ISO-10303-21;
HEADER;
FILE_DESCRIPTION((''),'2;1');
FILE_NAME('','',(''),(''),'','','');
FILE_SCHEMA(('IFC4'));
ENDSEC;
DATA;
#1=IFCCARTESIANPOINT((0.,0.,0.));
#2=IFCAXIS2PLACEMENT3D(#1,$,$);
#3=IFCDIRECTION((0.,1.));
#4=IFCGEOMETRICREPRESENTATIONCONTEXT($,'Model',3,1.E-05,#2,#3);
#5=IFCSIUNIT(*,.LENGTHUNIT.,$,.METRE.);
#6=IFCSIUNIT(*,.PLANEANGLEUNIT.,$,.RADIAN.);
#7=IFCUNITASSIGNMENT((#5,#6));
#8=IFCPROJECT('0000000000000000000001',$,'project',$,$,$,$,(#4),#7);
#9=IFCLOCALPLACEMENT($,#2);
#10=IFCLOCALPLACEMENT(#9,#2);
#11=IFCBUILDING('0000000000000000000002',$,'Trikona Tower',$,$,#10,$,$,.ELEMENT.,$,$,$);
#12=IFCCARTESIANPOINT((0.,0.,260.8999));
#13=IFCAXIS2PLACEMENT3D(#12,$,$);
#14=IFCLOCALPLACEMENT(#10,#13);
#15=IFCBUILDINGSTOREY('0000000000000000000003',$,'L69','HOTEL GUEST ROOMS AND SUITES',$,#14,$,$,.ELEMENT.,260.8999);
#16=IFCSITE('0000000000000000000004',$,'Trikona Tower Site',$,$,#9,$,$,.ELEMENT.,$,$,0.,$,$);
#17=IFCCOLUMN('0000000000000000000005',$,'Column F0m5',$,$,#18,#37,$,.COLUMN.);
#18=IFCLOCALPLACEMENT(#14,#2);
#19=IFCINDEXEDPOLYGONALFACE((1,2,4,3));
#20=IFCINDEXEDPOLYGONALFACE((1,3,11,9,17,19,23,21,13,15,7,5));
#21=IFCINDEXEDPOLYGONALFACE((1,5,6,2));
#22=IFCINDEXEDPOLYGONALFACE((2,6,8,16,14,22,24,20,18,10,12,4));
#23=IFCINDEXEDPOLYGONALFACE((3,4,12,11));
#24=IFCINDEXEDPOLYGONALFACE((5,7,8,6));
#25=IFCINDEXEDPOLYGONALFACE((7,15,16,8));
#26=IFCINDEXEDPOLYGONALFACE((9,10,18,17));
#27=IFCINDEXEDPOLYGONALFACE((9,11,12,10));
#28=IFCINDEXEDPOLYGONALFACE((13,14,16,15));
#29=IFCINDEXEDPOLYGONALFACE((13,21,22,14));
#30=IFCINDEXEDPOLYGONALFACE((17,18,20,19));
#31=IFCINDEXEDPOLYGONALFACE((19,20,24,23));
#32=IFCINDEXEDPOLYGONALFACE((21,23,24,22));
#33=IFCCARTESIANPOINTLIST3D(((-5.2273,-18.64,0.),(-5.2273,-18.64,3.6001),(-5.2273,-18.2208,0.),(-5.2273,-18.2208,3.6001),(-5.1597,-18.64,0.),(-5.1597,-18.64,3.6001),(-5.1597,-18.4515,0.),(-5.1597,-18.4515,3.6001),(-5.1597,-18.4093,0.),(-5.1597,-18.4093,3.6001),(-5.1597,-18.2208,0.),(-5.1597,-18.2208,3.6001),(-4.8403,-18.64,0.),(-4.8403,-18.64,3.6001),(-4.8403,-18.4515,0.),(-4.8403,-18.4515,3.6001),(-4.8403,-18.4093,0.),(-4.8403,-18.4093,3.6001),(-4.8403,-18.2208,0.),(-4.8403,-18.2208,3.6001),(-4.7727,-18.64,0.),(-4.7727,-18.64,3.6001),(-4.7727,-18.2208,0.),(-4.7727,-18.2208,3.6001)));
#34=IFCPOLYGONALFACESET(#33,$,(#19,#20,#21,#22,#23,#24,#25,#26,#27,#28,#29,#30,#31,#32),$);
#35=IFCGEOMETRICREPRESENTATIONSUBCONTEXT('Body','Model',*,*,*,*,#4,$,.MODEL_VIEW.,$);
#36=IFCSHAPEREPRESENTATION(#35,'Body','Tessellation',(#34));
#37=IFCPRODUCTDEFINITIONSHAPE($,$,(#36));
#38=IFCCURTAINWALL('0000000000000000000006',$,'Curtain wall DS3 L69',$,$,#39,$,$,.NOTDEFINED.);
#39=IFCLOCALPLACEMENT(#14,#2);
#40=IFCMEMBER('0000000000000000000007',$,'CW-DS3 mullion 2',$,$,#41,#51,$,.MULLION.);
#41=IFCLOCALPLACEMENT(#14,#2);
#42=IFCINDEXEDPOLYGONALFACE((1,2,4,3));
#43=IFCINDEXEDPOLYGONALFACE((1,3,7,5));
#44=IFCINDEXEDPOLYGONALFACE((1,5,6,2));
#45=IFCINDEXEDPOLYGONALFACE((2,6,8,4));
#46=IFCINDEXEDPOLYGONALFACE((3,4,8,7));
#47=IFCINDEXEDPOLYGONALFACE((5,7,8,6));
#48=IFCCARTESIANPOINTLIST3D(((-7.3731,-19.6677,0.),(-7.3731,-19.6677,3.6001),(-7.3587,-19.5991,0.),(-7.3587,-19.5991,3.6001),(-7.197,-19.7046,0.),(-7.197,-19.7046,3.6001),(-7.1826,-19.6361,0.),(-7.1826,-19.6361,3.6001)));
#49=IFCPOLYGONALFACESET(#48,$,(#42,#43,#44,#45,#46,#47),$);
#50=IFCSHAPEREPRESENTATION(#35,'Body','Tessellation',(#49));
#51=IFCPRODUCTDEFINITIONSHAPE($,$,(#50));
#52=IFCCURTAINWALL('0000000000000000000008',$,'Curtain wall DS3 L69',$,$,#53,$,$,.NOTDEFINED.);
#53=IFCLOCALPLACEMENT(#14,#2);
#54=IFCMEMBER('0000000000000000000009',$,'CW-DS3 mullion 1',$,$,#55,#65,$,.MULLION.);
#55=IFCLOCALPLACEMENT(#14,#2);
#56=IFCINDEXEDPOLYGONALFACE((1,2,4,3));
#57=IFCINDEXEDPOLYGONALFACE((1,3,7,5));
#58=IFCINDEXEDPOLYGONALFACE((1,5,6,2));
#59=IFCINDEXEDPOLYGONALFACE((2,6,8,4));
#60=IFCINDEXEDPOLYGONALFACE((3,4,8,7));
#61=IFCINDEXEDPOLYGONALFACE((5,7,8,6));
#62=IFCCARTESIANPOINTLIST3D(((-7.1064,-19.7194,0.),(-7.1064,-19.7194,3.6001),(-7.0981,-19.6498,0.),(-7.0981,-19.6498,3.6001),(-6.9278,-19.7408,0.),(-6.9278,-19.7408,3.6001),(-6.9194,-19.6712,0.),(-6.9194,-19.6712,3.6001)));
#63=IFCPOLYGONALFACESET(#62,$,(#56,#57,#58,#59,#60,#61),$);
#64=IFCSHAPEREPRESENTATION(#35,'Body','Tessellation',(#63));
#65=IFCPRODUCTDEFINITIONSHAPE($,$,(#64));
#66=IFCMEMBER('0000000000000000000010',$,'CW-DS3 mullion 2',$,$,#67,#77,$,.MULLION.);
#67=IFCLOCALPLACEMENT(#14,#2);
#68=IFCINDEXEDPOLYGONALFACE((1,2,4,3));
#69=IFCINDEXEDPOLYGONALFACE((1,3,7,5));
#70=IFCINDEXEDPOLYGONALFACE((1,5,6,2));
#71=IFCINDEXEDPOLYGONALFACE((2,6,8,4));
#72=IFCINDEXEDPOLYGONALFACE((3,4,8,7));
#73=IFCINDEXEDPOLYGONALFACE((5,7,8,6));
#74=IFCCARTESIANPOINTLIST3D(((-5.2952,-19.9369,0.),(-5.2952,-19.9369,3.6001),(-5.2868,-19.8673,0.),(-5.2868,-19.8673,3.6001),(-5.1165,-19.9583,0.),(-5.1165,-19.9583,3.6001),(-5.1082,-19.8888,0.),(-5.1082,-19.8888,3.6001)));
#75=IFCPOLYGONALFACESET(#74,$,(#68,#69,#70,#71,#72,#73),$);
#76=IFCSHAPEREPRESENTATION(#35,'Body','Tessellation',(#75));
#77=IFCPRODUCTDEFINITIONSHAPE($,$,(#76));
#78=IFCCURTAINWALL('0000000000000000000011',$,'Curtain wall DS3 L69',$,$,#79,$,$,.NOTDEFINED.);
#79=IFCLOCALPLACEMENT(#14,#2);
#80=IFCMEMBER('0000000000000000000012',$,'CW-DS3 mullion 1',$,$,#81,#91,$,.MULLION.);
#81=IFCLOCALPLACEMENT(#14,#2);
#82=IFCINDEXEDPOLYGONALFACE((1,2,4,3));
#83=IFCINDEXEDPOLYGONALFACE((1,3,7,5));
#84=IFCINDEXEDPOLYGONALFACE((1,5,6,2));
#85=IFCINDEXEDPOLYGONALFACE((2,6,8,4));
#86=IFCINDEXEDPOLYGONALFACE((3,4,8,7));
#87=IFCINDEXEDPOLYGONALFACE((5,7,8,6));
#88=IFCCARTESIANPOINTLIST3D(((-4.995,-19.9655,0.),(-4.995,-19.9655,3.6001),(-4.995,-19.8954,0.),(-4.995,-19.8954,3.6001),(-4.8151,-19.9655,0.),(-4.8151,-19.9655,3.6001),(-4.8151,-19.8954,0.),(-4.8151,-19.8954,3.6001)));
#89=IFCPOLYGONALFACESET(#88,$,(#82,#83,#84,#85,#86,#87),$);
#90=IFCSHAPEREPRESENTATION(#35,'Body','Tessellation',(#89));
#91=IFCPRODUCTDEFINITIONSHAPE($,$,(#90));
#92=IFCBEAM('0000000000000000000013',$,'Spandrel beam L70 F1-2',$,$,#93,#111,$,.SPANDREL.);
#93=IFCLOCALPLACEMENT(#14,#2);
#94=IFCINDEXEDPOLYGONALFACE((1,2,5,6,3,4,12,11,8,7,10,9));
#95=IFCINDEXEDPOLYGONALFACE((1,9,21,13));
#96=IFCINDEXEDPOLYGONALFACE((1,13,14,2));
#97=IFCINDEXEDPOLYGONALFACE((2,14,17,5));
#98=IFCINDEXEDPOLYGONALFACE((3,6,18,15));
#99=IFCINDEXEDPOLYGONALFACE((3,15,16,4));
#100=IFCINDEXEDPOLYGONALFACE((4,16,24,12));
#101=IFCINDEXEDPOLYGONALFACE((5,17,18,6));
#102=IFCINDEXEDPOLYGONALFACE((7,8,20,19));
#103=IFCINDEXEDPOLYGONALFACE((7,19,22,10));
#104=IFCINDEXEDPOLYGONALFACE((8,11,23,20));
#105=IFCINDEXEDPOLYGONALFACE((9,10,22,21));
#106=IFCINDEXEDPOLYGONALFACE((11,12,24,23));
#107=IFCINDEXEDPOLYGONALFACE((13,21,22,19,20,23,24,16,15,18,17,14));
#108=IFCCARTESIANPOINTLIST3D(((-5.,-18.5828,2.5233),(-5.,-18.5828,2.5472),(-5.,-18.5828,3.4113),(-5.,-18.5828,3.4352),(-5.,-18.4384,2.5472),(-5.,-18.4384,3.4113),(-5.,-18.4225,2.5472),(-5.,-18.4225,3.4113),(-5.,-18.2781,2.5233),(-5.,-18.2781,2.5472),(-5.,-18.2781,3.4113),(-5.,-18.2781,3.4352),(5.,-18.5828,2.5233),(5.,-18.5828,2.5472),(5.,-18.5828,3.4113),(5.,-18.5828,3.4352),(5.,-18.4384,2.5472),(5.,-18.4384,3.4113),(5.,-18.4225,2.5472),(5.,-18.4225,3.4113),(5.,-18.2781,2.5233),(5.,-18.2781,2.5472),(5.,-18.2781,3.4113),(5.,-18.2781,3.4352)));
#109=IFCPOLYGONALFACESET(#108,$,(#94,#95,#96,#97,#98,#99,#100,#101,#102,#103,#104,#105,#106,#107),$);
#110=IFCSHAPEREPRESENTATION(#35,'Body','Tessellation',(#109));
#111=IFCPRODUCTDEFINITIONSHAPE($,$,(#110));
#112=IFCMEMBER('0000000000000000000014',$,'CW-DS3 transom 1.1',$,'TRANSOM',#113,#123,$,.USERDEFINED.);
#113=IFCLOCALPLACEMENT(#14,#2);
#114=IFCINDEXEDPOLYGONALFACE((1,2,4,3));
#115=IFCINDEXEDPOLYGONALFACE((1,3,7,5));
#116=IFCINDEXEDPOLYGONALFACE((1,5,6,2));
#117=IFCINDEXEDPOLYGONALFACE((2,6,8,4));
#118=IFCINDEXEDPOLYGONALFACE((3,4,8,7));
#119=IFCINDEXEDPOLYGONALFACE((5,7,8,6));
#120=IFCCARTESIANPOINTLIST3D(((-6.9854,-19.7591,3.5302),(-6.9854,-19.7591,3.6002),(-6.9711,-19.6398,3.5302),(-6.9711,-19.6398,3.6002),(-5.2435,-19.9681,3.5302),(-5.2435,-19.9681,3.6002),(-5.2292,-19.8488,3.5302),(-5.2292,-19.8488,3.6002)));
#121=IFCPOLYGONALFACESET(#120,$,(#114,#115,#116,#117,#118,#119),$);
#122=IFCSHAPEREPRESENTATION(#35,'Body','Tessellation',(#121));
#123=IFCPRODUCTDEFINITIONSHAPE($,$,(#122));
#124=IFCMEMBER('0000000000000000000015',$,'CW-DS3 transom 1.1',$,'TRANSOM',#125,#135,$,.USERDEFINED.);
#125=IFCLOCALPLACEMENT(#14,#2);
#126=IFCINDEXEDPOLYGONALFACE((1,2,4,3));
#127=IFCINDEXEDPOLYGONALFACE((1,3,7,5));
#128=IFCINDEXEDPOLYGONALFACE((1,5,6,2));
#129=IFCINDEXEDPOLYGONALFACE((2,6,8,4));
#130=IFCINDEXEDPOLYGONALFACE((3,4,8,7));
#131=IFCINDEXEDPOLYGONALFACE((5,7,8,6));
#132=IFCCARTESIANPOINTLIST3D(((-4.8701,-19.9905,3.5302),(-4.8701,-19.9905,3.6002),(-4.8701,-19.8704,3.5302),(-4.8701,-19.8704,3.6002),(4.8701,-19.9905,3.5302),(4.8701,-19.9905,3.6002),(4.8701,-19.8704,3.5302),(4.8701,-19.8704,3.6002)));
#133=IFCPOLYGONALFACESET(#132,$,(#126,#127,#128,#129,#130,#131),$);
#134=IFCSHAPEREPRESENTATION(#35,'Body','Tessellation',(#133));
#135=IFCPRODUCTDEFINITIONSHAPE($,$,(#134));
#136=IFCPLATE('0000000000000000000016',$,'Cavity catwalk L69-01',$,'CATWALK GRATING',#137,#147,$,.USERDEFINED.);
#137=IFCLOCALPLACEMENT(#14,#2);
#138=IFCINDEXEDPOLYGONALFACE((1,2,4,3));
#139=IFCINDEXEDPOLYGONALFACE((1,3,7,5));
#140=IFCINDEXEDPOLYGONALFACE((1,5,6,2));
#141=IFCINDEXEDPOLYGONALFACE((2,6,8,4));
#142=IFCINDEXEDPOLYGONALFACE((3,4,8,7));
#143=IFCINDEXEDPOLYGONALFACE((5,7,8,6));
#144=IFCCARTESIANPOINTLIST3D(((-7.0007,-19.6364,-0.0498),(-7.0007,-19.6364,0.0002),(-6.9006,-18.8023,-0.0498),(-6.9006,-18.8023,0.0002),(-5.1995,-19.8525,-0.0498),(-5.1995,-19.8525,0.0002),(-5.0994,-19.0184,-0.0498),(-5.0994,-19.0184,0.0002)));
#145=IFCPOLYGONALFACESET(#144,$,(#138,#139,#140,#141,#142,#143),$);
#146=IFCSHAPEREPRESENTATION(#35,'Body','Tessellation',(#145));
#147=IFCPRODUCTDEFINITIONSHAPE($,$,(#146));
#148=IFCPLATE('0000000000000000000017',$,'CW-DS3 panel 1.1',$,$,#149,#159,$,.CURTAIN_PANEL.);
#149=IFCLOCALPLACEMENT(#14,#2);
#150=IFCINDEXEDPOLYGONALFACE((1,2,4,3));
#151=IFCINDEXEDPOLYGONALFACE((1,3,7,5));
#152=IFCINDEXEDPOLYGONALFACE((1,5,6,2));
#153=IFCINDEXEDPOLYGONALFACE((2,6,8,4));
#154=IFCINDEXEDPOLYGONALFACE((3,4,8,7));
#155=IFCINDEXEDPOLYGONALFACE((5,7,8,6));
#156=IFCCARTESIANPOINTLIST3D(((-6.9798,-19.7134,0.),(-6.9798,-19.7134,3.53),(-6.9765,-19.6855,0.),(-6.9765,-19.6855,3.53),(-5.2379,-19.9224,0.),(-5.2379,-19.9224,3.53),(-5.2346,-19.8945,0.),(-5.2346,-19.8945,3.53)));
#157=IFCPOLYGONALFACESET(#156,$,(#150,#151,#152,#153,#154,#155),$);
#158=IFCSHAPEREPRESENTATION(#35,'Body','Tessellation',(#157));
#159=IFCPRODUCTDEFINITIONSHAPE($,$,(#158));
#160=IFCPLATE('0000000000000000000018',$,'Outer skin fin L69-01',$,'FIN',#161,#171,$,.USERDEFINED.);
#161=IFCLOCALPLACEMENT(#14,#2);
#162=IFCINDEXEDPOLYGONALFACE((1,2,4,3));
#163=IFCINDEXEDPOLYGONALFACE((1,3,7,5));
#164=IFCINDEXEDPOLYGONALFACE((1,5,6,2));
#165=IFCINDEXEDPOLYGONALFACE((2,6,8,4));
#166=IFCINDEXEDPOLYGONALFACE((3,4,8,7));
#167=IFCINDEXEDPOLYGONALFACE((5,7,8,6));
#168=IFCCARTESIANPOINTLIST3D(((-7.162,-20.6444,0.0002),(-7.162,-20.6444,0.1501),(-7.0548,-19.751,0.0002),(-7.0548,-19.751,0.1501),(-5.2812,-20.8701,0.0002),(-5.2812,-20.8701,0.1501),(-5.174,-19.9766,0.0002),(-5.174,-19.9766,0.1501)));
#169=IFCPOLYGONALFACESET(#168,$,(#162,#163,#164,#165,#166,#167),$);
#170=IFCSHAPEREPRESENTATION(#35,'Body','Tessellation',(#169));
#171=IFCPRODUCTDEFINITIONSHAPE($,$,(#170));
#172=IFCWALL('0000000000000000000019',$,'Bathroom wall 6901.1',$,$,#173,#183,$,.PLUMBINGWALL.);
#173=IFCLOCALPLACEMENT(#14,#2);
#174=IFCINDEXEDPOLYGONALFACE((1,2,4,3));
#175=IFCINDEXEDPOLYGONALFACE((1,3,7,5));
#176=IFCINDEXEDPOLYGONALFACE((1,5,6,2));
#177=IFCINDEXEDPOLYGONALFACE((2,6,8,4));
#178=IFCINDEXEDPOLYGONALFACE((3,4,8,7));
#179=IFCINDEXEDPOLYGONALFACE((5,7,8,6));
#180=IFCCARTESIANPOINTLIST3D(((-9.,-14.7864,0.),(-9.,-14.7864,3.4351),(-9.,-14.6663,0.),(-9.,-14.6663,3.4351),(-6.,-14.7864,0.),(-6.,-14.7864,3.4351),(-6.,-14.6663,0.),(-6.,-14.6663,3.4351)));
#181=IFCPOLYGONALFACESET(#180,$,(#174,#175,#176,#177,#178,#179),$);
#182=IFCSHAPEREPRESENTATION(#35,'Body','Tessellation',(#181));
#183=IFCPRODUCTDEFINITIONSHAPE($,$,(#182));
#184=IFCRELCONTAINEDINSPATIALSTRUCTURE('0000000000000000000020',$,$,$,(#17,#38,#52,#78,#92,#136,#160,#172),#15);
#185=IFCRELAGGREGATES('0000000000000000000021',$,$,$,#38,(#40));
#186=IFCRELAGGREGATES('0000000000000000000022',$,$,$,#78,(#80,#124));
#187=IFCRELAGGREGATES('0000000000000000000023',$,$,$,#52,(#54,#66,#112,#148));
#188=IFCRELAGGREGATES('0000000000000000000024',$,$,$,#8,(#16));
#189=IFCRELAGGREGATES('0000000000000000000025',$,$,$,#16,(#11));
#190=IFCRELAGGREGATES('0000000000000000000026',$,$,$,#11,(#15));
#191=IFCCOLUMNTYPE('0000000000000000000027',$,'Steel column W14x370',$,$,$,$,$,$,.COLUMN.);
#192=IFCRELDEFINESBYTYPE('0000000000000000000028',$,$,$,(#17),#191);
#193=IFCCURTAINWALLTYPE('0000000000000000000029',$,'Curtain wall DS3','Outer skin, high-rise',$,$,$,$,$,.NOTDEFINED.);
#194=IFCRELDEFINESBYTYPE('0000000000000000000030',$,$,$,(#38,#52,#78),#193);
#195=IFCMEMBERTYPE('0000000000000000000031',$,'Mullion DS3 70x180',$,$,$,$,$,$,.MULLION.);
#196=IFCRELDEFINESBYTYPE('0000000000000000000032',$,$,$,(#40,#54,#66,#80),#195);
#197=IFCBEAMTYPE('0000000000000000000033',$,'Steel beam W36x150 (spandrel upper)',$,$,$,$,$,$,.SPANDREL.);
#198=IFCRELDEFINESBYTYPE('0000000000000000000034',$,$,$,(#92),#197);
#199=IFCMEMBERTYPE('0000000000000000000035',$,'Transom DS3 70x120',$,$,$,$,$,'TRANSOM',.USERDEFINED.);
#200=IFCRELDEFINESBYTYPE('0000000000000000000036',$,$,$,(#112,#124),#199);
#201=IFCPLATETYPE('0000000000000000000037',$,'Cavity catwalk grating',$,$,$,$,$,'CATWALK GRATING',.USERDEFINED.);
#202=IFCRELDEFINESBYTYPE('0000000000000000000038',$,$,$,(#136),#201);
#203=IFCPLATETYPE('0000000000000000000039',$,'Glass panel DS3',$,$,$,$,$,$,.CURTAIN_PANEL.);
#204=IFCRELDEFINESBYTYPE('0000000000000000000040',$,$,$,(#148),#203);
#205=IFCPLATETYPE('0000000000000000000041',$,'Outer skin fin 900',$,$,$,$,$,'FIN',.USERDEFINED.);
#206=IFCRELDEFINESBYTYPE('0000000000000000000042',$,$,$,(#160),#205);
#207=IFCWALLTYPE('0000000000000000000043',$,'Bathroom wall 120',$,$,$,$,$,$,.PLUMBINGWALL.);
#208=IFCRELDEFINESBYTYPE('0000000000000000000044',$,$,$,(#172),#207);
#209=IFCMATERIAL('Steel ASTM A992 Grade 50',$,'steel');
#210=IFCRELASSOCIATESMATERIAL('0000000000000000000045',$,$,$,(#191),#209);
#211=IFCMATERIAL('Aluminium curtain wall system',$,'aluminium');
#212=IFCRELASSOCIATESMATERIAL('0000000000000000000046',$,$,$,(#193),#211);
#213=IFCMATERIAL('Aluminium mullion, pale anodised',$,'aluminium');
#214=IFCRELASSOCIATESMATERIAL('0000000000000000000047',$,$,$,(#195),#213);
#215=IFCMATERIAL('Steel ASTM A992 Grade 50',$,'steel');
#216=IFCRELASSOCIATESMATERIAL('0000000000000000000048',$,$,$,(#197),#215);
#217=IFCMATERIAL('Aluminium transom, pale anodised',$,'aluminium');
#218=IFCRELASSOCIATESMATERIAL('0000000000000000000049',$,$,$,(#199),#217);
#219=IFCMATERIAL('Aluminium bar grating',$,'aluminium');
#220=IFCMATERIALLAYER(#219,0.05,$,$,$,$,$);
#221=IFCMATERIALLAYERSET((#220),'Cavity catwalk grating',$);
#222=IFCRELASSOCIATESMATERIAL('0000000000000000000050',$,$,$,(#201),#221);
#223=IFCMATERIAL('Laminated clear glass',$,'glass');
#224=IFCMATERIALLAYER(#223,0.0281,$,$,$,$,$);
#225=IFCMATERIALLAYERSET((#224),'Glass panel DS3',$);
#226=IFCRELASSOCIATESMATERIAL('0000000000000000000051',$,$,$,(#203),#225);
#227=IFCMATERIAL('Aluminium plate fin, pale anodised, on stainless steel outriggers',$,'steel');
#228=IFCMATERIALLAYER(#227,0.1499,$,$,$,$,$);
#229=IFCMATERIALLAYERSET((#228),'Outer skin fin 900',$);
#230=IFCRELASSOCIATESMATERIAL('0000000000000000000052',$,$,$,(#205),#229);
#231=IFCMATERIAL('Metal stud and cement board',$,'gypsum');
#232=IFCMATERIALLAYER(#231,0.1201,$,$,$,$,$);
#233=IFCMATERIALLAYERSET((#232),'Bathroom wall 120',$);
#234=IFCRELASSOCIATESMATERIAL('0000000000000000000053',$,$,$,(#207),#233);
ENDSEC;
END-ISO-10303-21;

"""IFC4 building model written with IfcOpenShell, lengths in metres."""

from ifc_helpers import new_model, si_unit, direction, frame, frame_2d, origin, origin_2d, place, context, subcontext, project, spatial, rectangle, i_section, extrude, material, layer, layer_set, material_profile, profile_set, type_object, element, aggregate, save


model = new_model("IFC4")

# Units and contexts
model_context = context("Model", 3, precision=1e-05, world=origin(), true_north=direction((0.0, 1.0)))
body_context = subcontext(model_context, "Body", "Model", "MODEL_VIEW")
ifc_project = project(units=[si_unit("LENGTHUNIT", "METRE"), si_unit("PLANEANGLEUNIT", "RADIAN")], contexts=[model_context])

# Site, building, storey
site_placement = place(None, origin())
site = spatial("IfcSite", under=ifc_project, at=site_placement, Name="Trikona Tower Site", CompositionType="ELEMENT", RefElevation=0.0)
building_placement = place(site_placement, origin())
building = spatial("IfcBuilding", under=site, at=building_placement, Name="Trikona Tower", CompositionType="ELEMENT")
storey_placement = place(building_placement, frame((0.0, 0.0, 260.8999)))
storey = spatial("IfcBuildingStorey", under=building, at=storey_placement, Name="L69", Description="HOTEL GUEST ROOMS AND SUITES", CompositionType="ELEMENT", Elevation=260.8999)

# Column
ifc_material_1 = material(Name="Steel ASTM A992 Grade 50", Category="steel")
ifc_material_profile_1 = material_profile(ifc_material_1, i_section(OverallWidth=0.4192, OverallDepth=0.4546, WebThickness=0.0422, FlangeThickness=0.0676, at=origin_2d()), Name="W14X370")
ifc_profile_set_1 = profile_set([ifc_material_profile_1], Name="Steel ASTM A992 Grade 50")
column_type = type_object("IfcColumnType", Name="Steel column W14x370", PredefinedType="COLUMN", material=ifc_profile_set_1)
column_placement = place(storey_placement, frame((-5.0, -18.4304, 0.0), z_axis=(0.0, 0.0, 1.0), x_axis=(0.0, -1.0, 0.0)))
element("IfcColumn", 1, at=column_placement, inside=storey, type_object=column_type, Name="Column F0m5", PredefinedType="COLUMN", context=body_context, shape_type="SweptSolid", body=[
    extrude(i_section(OverallWidth=0.4192, OverallDepth=0.4546, WebThickness=0.0422, FlangeThickness=0.0676, at=origin_2d()), origin(), (0.0, 0.0, 1.0), 3.6001),
])

# Curtain wall, member
ifc_material_2 = material(Name="Aluminium curtain wall system", Category="aluminium")
curtain_wall_type = type_object("IfcCurtainWallType", Name="Curtain wall DS3", Description="Outer skin, high-rise", PredefinedType="NOTDEFINED", material=ifc_material_2)
curtain_wall_1_placement = place(storey_placement, origin())
curtain_wall_1 = element("IfcCurtainWall", 2, at=curtain_wall_1_placement, inside=storey, type_object=curtain_wall_type, Name="Curtain wall DS3 L69", PredefinedType="NOTDEFINED")
ifc_material_3 = material(Name="Aluminium mullion, pale anodised", Category="aluminium")
ifc_material_profile_2 = material_profile(ifc_material_3, rectangle(XDim=0.0701, YDim=0.1799, at=origin_2d()), Name="MUL-DS3")
ifc_profile_set_2 = profile_set([ifc_material_profile_2], Name="Aluminium mullion, pale anodised")
member_type_1 = type_object("IfcMemberType", Name="Mullion DS3 70x180", PredefinedType="MULLION", material=ifc_profile_set_2)
member_1_placement = place(storey_placement, frame((-7.2778, -19.6519, 0.0), z_axis=(0.0, 0.0, 1.0), x_axis=(0.205527, 0.978651, 0.0)))
member_1 = element("IfcMember", 3, at=member_1_placement, type_object=member_type_1, Name="CW-DS3 mullion 2", PredefinedType="MULLION", context=body_context, shape_type="SweptSolid", body=[
    extrude(rectangle(XDim=0.0701, YDim=0.1799, at=origin_2d()), origin(), (0.0, 0.0, 1.0), 3.6001),
])
aggregate(curtain_wall_1, [member_1])

# Curtain wall, members
curtain_wall_2_placement = place(storey_placement, origin())
curtain_wall_2 = element("IfcCurtainWall", 4, at=curtain_wall_2_placement, inside=storey, type_object=curtain_wall_type, Name="Curtain wall DS3 L69", PredefinedType="NOTDEFINED")
member_2_placement = place(storey_placement, frame((-7.0129, -19.6953, 0.0), z_axis=(0.0, 0.0, 1.0), x_axis=(0.119141, 0.992877, 0.0)))
member_2 = element("IfcMember", 5, at=member_2_placement, type_object=member_type_1, Name="CW-DS3 mullion 1", PredefinedType="MULLION", context=body_context, shape_type="SweptSolid", body=[
    extrude(rectangle(XDim=0.0701, YDim=0.1799, at=origin_2d()), origin(), (0.0, 0.0, 1.0), 3.6001),
])
member_3_placement = place(storey_placement, frame((-5.2017, -19.9128, 0.0), z_axis=(0.0, 0.0, 1.0), x_axis=(0.119141, 0.992877, 0.0)))
member_3 = element("IfcMember", 6, at=member_3_placement, type_object=member_type_1, Name="CW-DS3 mullion 2", PredefinedType="MULLION", context=body_context, shape_type="SweptSolid", body=[
    extrude(rectangle(XDim=0.0701, YDim=0.1799, at=origin_2d()), origin(), (0.0, 0.0, 1.0), 3.6001),
])

# Curtain wall, member
curtain_wall_3_placement = place(storey_placement, origin())
curtain_wall_3 = element("IfcCurtainWall", 7, at=curtain_wall_3_placement, inside=storey, type_object=curtain_wall_type, Name="Curtain wall DS3 L69", PredefinedType="NOTDEFINED")
member_4_placement = place(storey_placement, frame((-4.905, -19.9304, 0.0), z_axis=(0.0, 0.0, 1.0), x_axis=(0.0, 1.0, 0.0)))
member_4 = element("IfcMember", 8, at=member_4_placement, type_object=member_type_1, Name="CW-DS3 mullion 1", PredefinedType="MULLION", context=body_context, shape_type="SweptSolid", body=[
    extrude(rectangle(XDim=0.0701, YDim=0.1799, at=origin_2d()), origin(), (0.0, 0.0, 1.0), 3.6001),
])

# Beam
ifc_material_4 = material(Name="Steel ASTM A992 Grade 50", Category="steel")
ifc_material_profile_3 = material_profile(ifc_material_4, i_section(OverallWidth=0.3047, OverallDepth=0.9119, WebThickness=0.0159, FlangeThickness=0.0239, at=origin_2d()), Name="W36X150")
ifc_profile_set_3 = profile_set([ifc_material_profile_3], Name="Steel ASTM A992 Grade 50")
beam_type = type_object("IfcBeamType", Name="Steel beam W36x150 (spandrel upper)", PredefinedType="SPANDREL", material=ifc_profile_set_3)
beam_placement = place(storey_placement, frame((-5.0, -18.4304, 2.9792), z_axis=(1.0, 0.0, 0.0), x_axis=(0.0, 1.0, 0.0)))
element("IfcBeam", 9, at=beam_placement, inside=storey, type_object=beam_type, Name="Spandrel beam L70 F1-2", PredefinedType="SPANDREL", context=body_context, shape_type="SweptSolid", body=[
    extrude(i_section(OverallWidth=0.3047, OverallDepth=0.9119, WebThickness=0.0159, FlangeThickness=0.0239, at=origin_2d()), origin(), (0.0, 0.0, 1.0), 10.0),
])

# Members
ifc_material_5 = material(Name="Aluminium transom, pale anodised", Category="aluminium")
ifc_material_profile_4 = material_profile(ifc_material_5, rectangle(XDim=0.1201, YDim=0.0701, at=origin_2d()), Name="TRN-DS3")
ifc_profile_set_4 = profile_set([ifc_material_profile_4], Name="Aluminium transom, pale anodised")
member_type_2 = type_object("IfcMemberType", Name="Transom DS3 70x120", ElementType="TRANSOM", PredefinedType="USERDEFINED", material=ifc_profile_set_4)
member_5_placement = place(storey_placement, frame((-6.9783, -19.6995, 3.5652), z_axis=(0.99288, -0.119118, 0.0), x_axis=(0.119118, 0.99288, 0.0)))
member_5 = element("IfcMember", 10, at=member_5_placement, type_object=member_type_2, Name="CW-DS3 transom 1.1", ObjectType="TRANSOM", PredefinedType="USERDEFINED", context=body_context, shape_type="SweptSolid", body=[
    extrude(rectangle(XDim=0.1201, YDim=0.0701, at=origin_2d()), origin(), (0.0, 0.0, 1.0), 1.7544),
])
member_6_placement = place(storey_placement, frame((-4.8701, -19.9304, 3.5652), z_axis=(1.0, 0.0, 0.0), x_axis=(0.0, 1.0, 0.0)))
member_6 = element("IfcMember", 11, at=member_6_placement, type_object=member_type_2, Name="CW-DS3 transom 1.1", ObjectType="TRANSOM", PredefinedType="USERDEFINED", context=body_context, shape_type="SweptSolid", body=[
    extrude(rectangle(XDim=0.1201, YDim=0.0701, at=origin_2d()), origin(), (0.0, 0.0, 1.0), 9.7402),
])
aggregate(curtain_wall_3, [member_4, member_6])

# Plates
ifc_material_6 = material(Name="Aluminium bar grating", Category="aluminium")
ifc_layer_1 = layer(ifc_material_6, 0.05)
ifc_layer_set_1 = layer_set([ifc_layer_1], Name="Cavity catwalk grating")
plate_type_1 = type_object("IfcPlateType", Name="Cavity catwalk grating", ElementType="CATWALK GRATING", PredefinedType="USERDEFINED", material=ifc_layer_set_1)
plate_1_placement = place(storey_placement, frame((-6.05, -19.3274, -0.0498), z_axis=(0.0, 0.0, 1.0), x_axis=(0.992877, -0.119146, 0.0)))
element("IfcPlate", 12, at=plate_1_placement, inside=storey, type_object=plate_type_1, Name="Cavity catwalk L69-01", ObjectType="CATWALK GRATING", PredefinedType="USERDEFINED", context=body_context, shape_type="SweptSolid", body=[
    extrude(rectangle(XDim=1.8142, YDim=0.8401, at=origin_2d()), origin(), (0.0, 0.0, 1.0), 0.05),
])
ifc_material_7 = material(Name="Laminated clear glass", Category="glass")
ifc_layer_2 = layer(ifc_material_7, 0.0281)
ifc_layer_set_2 = layer_set([ifc_layer_2], Name="Glass panel DS3")
plate_type_2 = type_object("IfcPlateType", Name="Glass panel DS3", PredefinedType="CURTAIN_PANEL", material=ifc_layer_set_2)
plate_2_placement = place(storey_placement, frame((-6.1072, -19.804, 0.0), z_axis=(0.0, 0.0, 1.0), x_axis=(0.992877, -0.119141, 0.0)))
plate_2 = element("IfcPlate", 13, at=plate_2_placement, type_object=plate_type_2, Name="CW-DS3 panel 1.1", PredefinedType="CURTAIN_PANEL", context=body_context, shape_type="SweptSolid", body=[
    extrude(rectangle(XDim=1.7544, YDim=0.0281, at=origin_2d()), origin(), (0.0, 0.0, 1.0), 3.53),
])
aggregate(curtain_wall_2, [member_2, member_3, member_5, plate_2])
ifc_material_8 = material(Name="Aluminium plate fin, pale anodised, on stainless steel outriggers", Category="steel")
ifc_layer_3 = layer(ifc_material_8, 0.1499)
ifc_layer_set_3 = layer_set([ifc_layer_3], Name="Outer skin fin 900")
plate_type_3 = type_object("IfcPlateType", Name="Outer skin fin 900", ElementType="FIN", PredefinedType="USERDEFINED", material=ifc_layer_set_3)
plate_3_placement = place(storey_placement, frame((-6.168, -20.3105, 0.0002), z_axis=(0.0, 0.0, 1.0), x_axis=(0.992877, -0.119146, 0.0)))
element("IfcPlate", 14, at=plate_3_placement, inside=storey, type_object=plate_type_3, Name="Outer skin fin L69-01", ObjectType="FIN", PredefinedType="USERDEFINED", context=body_context, shape_type="SweptSolid", body=[
    extrude(rectangle(XDim=1.8943, YDim=0.8999, at=origin_2d()), origin(), (0.0, 0.0, 1.0), 0.1499),
])

# Wall
ifc_material_9 = material(Name="Metal stud and cement board", Category="gypsum")
ifc_layer_4 = layer(ifc_material_9, 0.1201)
ifc_layer_set_4 = layer_set([ifc_layer_4], Name="Bathroom wall 120")
wall_type_1 = type_object("IfcWallType", Name="Bathroom wall 120", PredefinedType="PLUMBINGWALL", material=ifc_layer_set_4)
wall_1_placement = place(storey_placement, frame((-9.0, -14.7263, 0.0), z_axis=(0.0, 0.0, 1.0), x_axis=(1.0, 0.0, 0.0)))
element("IfcWall", 15, at=wall_1_placement, inside=storey, type_object=wall_type_1, Name="Bathroom wall 6901.1", PredefinedType="PLUMBINGWALL", context=body_context, shape_type="SweptSolid", body=[
    extrude(rectangle(XDim=3.0, YDim=0.1201, at=frame_2d((1.5, 0.0))), origin(), (0.0, 0.0, 1.0), 3.4351),
])

save(model, "model.ifc")
